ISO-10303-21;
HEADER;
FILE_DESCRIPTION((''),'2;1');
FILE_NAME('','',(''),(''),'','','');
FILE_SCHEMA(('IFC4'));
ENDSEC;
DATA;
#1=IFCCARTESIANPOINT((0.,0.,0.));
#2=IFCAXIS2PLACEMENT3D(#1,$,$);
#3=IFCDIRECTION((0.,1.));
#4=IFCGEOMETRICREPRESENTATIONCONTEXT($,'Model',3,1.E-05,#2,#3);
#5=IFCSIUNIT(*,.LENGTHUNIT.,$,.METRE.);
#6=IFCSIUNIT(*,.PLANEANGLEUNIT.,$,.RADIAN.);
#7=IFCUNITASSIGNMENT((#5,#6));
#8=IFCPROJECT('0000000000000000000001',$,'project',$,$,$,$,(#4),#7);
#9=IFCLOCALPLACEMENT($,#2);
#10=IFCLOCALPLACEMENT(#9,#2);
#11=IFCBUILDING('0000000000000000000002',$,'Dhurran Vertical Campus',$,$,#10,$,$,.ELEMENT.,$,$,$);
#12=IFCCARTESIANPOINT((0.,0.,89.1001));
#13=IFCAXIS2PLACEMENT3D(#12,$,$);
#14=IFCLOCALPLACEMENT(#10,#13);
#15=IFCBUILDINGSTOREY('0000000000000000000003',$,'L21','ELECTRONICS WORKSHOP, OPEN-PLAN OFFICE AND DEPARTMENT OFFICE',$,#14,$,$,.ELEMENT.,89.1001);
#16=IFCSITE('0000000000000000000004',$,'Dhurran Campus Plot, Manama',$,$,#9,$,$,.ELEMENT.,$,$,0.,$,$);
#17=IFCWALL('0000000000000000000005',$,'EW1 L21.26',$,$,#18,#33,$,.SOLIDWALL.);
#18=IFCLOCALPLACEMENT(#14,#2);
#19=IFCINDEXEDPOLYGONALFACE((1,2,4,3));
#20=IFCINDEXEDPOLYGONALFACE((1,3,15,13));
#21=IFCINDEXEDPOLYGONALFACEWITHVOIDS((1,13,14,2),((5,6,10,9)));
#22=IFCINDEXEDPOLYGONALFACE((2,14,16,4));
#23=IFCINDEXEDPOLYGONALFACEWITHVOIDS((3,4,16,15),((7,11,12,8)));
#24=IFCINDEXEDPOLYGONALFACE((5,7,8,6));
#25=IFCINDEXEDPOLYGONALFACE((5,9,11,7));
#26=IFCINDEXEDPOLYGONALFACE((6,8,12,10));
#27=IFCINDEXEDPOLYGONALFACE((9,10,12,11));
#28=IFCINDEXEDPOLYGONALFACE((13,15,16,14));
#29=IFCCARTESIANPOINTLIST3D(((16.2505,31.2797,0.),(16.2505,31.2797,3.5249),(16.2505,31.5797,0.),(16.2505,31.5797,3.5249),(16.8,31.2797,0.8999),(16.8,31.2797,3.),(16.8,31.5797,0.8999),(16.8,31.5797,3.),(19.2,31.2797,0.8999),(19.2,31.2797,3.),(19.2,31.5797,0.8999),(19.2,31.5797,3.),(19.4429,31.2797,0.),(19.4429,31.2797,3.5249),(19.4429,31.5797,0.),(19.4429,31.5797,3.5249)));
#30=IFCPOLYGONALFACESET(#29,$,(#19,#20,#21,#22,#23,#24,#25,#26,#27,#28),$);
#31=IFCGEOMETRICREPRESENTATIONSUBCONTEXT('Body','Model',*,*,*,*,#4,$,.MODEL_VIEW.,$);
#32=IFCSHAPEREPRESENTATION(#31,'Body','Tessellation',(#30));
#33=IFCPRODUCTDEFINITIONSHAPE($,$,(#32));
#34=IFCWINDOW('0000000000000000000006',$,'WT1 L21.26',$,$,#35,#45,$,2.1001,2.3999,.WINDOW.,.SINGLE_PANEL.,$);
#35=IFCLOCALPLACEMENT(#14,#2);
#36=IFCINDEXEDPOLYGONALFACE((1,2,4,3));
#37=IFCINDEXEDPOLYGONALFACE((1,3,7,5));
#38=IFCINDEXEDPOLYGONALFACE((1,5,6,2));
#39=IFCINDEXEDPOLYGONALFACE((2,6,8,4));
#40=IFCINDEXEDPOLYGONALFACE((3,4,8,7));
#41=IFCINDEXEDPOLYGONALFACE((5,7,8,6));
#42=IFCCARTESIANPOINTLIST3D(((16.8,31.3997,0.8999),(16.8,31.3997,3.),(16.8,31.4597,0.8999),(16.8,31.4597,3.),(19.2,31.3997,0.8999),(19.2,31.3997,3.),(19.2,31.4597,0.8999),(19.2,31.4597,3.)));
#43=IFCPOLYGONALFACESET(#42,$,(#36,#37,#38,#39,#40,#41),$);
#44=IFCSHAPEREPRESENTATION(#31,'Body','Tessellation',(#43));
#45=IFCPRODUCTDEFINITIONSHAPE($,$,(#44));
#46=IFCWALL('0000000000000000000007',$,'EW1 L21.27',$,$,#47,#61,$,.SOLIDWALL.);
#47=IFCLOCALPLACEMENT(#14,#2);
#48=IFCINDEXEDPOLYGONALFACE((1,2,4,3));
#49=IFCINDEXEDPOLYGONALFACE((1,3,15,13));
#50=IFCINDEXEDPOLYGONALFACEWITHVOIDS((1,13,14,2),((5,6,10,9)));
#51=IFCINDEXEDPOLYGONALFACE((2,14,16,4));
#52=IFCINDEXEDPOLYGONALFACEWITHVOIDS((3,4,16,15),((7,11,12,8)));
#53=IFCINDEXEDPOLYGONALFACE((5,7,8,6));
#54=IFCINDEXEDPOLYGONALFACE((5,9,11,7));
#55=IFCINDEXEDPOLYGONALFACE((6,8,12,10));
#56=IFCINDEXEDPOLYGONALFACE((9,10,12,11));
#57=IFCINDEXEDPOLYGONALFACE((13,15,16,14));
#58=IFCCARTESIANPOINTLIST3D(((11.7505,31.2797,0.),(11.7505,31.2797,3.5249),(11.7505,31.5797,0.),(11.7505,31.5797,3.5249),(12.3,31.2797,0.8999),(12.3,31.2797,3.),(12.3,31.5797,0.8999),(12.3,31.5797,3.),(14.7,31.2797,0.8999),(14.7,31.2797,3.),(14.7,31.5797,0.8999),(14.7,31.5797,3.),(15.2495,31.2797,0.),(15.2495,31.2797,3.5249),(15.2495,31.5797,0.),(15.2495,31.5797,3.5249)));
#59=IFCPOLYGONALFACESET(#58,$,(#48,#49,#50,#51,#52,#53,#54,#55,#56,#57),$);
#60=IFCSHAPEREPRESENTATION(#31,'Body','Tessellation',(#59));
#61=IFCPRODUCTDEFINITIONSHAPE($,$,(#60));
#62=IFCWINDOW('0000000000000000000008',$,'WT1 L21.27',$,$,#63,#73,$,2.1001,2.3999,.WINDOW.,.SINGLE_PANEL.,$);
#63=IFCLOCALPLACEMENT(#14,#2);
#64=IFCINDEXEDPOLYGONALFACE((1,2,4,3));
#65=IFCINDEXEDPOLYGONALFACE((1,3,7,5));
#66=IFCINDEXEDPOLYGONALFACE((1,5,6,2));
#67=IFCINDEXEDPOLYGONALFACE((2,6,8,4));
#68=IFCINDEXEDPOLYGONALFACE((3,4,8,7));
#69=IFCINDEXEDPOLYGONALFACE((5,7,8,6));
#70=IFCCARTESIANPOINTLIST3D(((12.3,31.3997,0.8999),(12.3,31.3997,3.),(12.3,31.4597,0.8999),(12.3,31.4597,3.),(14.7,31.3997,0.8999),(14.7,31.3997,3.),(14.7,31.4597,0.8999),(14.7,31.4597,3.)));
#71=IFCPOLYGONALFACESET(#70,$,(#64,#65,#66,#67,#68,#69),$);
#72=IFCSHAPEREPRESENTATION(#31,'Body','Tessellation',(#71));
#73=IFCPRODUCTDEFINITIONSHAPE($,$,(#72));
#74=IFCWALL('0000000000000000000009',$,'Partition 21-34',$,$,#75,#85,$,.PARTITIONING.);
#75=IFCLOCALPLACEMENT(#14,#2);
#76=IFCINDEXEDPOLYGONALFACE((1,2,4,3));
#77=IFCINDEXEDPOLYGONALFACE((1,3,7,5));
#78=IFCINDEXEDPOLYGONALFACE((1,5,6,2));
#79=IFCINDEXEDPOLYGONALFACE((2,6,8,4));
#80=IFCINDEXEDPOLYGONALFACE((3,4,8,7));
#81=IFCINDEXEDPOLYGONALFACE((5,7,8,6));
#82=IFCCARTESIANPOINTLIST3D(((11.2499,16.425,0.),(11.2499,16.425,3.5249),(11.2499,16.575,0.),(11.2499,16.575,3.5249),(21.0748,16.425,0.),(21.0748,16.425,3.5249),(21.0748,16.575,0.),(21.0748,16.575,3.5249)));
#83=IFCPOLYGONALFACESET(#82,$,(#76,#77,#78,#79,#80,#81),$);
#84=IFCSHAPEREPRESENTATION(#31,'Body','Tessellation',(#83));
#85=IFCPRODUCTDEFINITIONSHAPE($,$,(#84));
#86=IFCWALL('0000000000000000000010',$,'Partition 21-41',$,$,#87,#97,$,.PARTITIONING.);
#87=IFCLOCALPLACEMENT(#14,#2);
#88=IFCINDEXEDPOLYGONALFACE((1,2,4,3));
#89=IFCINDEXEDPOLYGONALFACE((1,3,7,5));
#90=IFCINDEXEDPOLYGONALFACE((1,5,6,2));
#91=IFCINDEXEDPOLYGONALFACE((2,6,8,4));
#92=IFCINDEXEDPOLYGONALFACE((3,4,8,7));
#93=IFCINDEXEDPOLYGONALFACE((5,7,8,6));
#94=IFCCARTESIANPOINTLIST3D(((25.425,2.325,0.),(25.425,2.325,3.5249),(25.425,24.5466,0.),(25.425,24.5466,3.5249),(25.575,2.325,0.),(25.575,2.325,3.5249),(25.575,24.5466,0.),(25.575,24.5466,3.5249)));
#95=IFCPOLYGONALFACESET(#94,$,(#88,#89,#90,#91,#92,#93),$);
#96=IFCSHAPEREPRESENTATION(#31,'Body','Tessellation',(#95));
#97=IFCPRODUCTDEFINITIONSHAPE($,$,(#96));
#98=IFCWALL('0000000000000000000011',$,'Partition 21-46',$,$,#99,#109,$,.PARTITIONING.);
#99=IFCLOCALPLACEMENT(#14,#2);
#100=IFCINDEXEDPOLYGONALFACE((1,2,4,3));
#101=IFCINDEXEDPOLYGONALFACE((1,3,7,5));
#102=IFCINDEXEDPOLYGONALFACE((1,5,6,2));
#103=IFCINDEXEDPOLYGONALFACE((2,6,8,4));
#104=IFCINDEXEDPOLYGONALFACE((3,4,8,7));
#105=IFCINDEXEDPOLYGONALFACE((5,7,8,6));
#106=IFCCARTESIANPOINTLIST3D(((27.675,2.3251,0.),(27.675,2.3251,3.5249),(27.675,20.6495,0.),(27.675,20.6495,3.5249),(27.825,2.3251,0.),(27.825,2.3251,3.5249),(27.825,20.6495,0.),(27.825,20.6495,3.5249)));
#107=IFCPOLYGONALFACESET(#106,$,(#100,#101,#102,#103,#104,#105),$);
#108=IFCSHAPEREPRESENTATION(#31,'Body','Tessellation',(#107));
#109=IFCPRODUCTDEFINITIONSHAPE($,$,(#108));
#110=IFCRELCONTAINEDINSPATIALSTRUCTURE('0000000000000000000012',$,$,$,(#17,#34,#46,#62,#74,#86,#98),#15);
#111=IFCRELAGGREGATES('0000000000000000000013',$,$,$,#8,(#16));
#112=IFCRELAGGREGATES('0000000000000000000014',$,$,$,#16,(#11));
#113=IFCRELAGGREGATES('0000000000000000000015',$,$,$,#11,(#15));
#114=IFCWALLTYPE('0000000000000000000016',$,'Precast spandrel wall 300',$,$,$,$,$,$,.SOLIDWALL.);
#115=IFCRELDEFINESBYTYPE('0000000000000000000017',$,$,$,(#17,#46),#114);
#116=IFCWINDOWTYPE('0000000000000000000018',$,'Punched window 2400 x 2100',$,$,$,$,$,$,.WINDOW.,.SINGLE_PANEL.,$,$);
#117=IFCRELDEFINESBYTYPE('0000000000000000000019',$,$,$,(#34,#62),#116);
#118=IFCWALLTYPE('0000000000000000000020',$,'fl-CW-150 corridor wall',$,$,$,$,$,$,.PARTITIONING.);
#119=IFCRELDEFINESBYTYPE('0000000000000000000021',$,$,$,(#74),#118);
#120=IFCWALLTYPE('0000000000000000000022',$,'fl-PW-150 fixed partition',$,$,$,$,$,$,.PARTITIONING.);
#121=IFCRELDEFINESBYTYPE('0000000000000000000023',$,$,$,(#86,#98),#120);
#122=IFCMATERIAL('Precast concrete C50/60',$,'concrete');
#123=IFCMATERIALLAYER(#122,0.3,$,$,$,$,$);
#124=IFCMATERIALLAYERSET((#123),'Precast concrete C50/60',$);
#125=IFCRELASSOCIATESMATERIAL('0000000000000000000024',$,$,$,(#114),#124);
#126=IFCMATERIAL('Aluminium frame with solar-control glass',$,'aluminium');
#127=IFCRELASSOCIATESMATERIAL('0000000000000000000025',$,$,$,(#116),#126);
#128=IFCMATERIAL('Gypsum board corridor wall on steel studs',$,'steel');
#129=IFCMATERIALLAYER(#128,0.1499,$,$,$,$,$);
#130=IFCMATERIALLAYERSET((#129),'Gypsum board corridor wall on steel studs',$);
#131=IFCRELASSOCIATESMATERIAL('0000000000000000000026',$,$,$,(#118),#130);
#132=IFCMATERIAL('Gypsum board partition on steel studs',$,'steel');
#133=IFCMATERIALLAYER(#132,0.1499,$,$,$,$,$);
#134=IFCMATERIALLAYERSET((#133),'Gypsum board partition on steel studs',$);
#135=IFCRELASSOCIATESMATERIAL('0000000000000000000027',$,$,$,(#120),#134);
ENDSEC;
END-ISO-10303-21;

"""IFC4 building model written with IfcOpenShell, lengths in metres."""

from ifc_helpers import new_model, si_unit, direction, frame, frame_2d, origin, place, context, subcontext, project, spatial, rectangle, extrude, material, layer, layer_set, type_object, element, fill, save


model = new_model("IFC4")

# Units and contexts
model_context = context("Model", 3, precision=1e-05, world=origin(), true_north=direction((0.0, 1.0)))
body_context = subcontext(model_context, "Body", "Model", "MODEL_VIEW")
ifc_project = project(units=[si_unit("LENGTHUNIT", "METRE"), si_unit("PLANEANGLEUNIT", "RADIAN")], contexts=[model_context])

# Site, building, storey
site_placement = place(None, origin())
site = spatial("IfcSite", under=ifc_project, at=site_placement, Name="Dhurran Campus Plot, Manama", CompositionType="ELEMENT", RefElevation=0.0)
building_placement = place(site_placement, origin())
building = spatial("IfcBuilding", under=site, at=building_placement, Name="Dhurran Vertical Campus", CompositionType="ELEMENT")
storey_placement = place(building_placement, frame((0.0, 0.0, 89.1001)))
storey = spatial("IfcBuildingStorey", under=building, at=storey_placement, Name="L21", Description="ELECTRONICS WORKSHOP, OPEN-PLAN OFFICE AND DEPARTMENT OFFICE", CompositionType="ELEMENT", Elevation=89.1001)

# Walls, openings, windows
ifc_material_1 = material(Name="Precast concrete C50/60", Category="concrete")
ifc_layer_1 = layer(ifc_material_1, 0.3)
ifc_layer_set_1 = layer_set([ifc_layer_1], Name="Precast concrete C50/60")
wall_type_1 = type_object("IfcWallType", Name="Precast spandrel wall 300", PredefinedType="SOLIDWALL", material=ifc_layer_set_1)
ifc_material_2 = material(Name="Aluminium frame with solar-control glass", Category="aluminium")
window_type = type_object("IfcWindowType", Name="Punched window 2400 x 2100", PartitioningType="SINGLE_PANEL", PredefinedType="WINDOW", material=ifc_material_2)
wall_1_placement = place(storey_placement, frame((19.4429, 31.4297, 0.0), z_axis=(0.0, 0.0, 1.0), x_axis=(-1.0, 0.0, 0.0)))
wall_1 = element("IfcWall", 1, at=wall_1_placement, inside=storey, type_object=wall_type_1, Name="EW1 L21.26", PredefinedType="SOLIDWALL", context=body_context, shape_type="SweptSolid", body=[
    extrude(rectangle(XDim=3.1924, YDim=0.3, at=frame_2d((1.5962, 0.0))), origin(), (0.0, 0.0, 1.0), 3.5249),
])
opening_1_placement = place(wall_1_placement, frame((0.2429, 0.0, 0.8999)))
opening_1 = element("IfcOpeningElement", 2, at=opening_1_placement, cuts=wall_1, PredefinedType="OPENING", context=body_context, shape_type="SweptSolid", body=[
    extrude(rectangle(XDim=2.3999, YDim=2.1001, at=frame_2d((1.2, 1.05))), frame((0.0, 0.1599, 0.0), z_axis=(0.0, -1.0, 0.0), x_axis=(1.0, 0.0, 0.0)), (0.0, 0.0, 1.0), 0.3201),
])
window_1_placement = place(opening_1_placement, origin())
window_1 = element("IfcWindow", 3, at=window_1_placement, inside=storey, type_object=window_type, Name="WT1 L21.26", OverallHeight=2.1001, OverallWidth=2.3999, PartitioningType="SINGLE_PANEL", PredefinedType="WINDOW", context=body_context, shape_type="SweptSolid", body=[
    extrude(rectangle(XDim=2.3999, YDim=2.1001, at=frame_2d((1.2, 1.05))), frame((0.0, 0.03, 0.0), z_axis=(0.0, -1.0, 0.0), x_axis=(1.0, 0.0, 0.0)), (0.0, 0.0, 1.0), 0.0601),
])
fill(opening_1, window_1)
wall_2_placement = place(storey_placement, frame((15.2495, 31.4297, 0.0), z_axis=(0.0, 0.0, 1.0), x_axis=(-1.0, 0.0, 0.0)))
wall_2 = element("IfcWall", 4, at=wall_2_placement, inside=storey, type_object=wall_type_1, Name="EW1 L21.27", PredefinedType="SOLIDWALL", context=body_context, shape_type="SweptSolid", body=[
    extrude(rectangle(XDim=3.499, YDim=0.3, at=frame_2d((1.7495, 0.0))), origin(), (0.0, 0.0, 1.0), 3.5249),
])
opening_2_placement = place(wall_2_placement, frame((0.5496, 0.0, 0.8999)))
opening_2 = element("IfcOpeningElement", 5, at=opening_2_placement, cuts=wall_2, PredefinedType="OPENING", context=body_context, shape_type="SweptSolid", body=[
    extrude(rectangle(XDim=2.3999, YDim=2.1001, at=frame_2d((1.2, 1.05))), frame((0.0, 0.1599, 0.0), z_axis=(0.0, -1.0, 0.0), x_axis=(1.0, 0.0, 0.0)), (0.0, 0.0, 1.0), 0.3201),
])
window_2_placement = place(opening_2_placement, origin())
window_2 = element("IfcWindow", 6, at=window_2_placement, inside=storey, type_object=window_type, Name="WT1 L21.27", OverallHeight=2.1001, OverallWidth=2.3999, PartitioningType="SINGLE_PANEL", PredefinedType="WINDOW", context=body_context, shape_type="SweptSolid", body=[
    extrude(rectangle(XDim=2.3999, YDim=2.1001, at=frame_2d((1.2, 1.05))), frame((0.0, 0.03, 0.0), z_axis=(0.0, -1.0, 0.0), x_axis=(1.0, 0.0, 0.0)), (0.0, 0.0, 1.0), 0.0601),
])
fill(opening_2, window_2)

# Walls
ifc_material_3 = material(Name="Gypsum board corridor wall on steel studs", Category="steel")
ifc_layer_2 = layer(ifc_material_3, 0.1499)
ifc_layer_set_2 = layer_set([ifc_layer_2], Name="Gypsum board corridor wall on steel studs")
wall_type_2 = type_object("IfcWallType", Name="fl-CW-150 corridor wall", PredefinedType="PARTITIONING", material=ifc_layer_set_2)
wall_3_placement = place(storey_placement, frame((21.075, 16.5, 0.0), z_axis=(0.0, 0.0, 1.0), x_axis=(-1.0, 0.0, 0.0)))
element("IfcWall", 7, at=wall_3_placement, inside=storey, type_object=wall_type_2, Name="Partition 21-34", PredefinedType="PARTITIONING", context=body_context, shape_type="SweptSolid", body=[
    extrude(rectangle(XDim=9.825, YDim=0.1499, at=frame_2d((4.9126, 0.0))), origin(), (0.0, 0.0, 1.0), 3.5249),
])
ifc_material_4 = material(Name="Gypsum board partition on steel studs", Category="steel")
ifc_layer_3 = layer(ifc_material_4, 0.1499)
ifc_layer_set_3 = layer_set([ifc_layer_3], Name="Gypsum board partition on steel studs")
wall_type_3 = type_object("IfcWallType", Name="fl-PW-150 fixed partition", PredefinedType="PARTITIONING", material=ifc_layer_set_3)
wall_4_placement = place(storey_placement, frame((25.5, 24.5466, 0.0), z_axis=(0.0, 0.0, 1.0), x_axis=(0.0, -1.0, 0.0)))
element("IfcWall", 8, at=wall_4_placement, inside=storey, type_object=wall_type_3, Name="Partition 21-41", PredefinedType="PARTITIONING", context=body_context, shape_type="SweptSolid", body=[
    extrude(rectangle(XDim=22.2217, YDim=0.1499, at=frame_2d((11.1108, 0.0))), origin(), (0.0, 0.0, 1.0), 3.5249),
])
wall_5_placement = place(storey_placement, frame((27.75, 20.6494, 0.0), z_axis=(0.0, 0.0, 1.0), x_axis=(0.0, -1.0, 0.0)))
element("IfcWall", 9, at=wall_5_placement, inside=storey, type_object=wall_type_3, Name="Partition 21-46", PredefinedType="PARTITIONING", context=body_context, shape_type="SweptSolid", body=[
    extrude(rectangle(XDim=18.3245, YDim=0.1499, at=frame_2d((9.1621, 0.0))), origin(), (0.0, 0.0, 1.0), 3.5249),
])

save(model, "model.ifc")
